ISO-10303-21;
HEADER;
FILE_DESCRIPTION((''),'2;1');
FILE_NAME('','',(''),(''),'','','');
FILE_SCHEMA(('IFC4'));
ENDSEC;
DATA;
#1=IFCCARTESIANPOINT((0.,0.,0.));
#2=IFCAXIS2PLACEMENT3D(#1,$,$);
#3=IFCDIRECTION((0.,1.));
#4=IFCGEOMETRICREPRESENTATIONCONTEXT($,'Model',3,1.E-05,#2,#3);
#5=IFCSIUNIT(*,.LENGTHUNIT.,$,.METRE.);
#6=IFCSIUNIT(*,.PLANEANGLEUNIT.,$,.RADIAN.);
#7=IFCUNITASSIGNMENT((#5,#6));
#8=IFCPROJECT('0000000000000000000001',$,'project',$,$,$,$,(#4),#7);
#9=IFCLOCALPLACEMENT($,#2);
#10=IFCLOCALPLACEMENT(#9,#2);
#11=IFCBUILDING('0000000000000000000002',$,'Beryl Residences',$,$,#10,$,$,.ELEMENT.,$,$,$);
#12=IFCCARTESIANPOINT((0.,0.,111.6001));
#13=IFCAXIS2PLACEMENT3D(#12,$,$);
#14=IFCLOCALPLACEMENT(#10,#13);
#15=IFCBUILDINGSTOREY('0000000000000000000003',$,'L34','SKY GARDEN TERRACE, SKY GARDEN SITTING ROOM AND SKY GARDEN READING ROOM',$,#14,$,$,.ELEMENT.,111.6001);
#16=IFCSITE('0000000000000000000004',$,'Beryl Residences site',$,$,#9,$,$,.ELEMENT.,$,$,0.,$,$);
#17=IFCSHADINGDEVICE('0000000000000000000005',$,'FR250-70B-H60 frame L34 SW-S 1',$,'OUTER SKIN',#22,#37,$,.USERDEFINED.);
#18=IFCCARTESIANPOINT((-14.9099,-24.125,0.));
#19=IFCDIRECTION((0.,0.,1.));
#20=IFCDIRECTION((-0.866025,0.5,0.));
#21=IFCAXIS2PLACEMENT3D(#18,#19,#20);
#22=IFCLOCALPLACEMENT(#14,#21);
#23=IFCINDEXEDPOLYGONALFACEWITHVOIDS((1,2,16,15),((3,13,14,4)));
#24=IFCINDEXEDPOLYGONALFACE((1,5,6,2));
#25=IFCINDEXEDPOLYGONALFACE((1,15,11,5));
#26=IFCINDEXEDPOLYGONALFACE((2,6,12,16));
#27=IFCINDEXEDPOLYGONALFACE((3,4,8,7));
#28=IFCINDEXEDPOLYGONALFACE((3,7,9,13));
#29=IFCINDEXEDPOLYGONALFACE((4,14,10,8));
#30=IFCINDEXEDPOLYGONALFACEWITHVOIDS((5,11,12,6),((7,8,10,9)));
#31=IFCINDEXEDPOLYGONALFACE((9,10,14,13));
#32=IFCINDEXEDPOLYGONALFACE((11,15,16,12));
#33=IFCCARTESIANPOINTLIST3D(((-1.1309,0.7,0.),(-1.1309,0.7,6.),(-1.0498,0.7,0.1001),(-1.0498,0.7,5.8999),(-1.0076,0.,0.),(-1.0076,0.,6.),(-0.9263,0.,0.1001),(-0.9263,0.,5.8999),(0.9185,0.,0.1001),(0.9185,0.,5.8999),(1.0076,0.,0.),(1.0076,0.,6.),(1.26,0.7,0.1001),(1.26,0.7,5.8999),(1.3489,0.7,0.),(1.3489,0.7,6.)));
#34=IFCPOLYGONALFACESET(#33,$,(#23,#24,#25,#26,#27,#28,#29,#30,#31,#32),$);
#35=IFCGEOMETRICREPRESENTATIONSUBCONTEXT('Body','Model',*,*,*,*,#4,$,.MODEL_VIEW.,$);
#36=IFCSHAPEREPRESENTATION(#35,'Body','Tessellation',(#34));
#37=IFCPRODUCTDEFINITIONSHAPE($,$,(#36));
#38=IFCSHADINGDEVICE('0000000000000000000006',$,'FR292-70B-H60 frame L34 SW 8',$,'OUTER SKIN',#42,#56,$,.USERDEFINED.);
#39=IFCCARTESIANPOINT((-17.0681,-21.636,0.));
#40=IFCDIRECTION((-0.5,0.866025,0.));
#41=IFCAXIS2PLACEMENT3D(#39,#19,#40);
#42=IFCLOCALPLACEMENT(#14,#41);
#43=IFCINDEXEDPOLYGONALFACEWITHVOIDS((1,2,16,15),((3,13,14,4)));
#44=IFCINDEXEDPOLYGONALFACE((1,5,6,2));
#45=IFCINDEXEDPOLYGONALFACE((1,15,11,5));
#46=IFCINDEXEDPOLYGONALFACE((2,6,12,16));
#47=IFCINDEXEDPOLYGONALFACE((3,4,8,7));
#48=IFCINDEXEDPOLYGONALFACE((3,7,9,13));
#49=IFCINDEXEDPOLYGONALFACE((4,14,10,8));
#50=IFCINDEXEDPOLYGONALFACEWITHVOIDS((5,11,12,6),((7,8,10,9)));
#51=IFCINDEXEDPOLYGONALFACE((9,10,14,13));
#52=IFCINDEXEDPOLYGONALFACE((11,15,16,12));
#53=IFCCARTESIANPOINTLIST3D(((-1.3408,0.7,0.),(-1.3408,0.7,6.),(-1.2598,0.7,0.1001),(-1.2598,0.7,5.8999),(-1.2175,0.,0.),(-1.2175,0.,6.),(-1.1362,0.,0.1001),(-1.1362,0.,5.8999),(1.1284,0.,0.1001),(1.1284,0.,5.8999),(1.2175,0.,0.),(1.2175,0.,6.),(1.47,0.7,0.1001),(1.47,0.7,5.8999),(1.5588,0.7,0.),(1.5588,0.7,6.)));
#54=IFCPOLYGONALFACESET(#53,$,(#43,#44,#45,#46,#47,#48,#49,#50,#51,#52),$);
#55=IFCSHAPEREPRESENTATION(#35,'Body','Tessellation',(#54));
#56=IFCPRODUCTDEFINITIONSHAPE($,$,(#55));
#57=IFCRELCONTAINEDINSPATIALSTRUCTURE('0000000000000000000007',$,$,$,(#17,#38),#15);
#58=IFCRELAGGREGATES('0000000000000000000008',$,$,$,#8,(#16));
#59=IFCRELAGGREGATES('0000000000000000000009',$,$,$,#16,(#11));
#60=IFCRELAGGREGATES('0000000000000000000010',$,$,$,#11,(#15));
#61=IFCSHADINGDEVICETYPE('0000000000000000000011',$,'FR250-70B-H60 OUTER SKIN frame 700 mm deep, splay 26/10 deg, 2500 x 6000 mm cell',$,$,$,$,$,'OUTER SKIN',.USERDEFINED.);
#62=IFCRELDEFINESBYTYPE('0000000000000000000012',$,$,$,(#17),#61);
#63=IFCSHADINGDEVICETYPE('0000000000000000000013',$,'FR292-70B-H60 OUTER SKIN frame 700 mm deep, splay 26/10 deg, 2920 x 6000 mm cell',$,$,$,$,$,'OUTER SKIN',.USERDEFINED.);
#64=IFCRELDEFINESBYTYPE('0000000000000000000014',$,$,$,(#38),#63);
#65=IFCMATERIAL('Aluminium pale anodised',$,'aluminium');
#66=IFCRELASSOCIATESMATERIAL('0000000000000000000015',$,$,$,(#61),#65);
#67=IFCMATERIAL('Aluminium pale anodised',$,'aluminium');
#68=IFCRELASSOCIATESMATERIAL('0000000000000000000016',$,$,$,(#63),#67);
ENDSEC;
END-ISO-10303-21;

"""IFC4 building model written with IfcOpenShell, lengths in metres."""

from ifc_helpers import new_model, entity, si_unit, direction, frame, origin, place, context, subcontext, project, spatial, source, transform, mapped, material, type_object, type_shapes, element, save


model = new_model("IFC4")

# Units and contexts
model_context = context("Model", 3, precision=1e-05, world=origin(), true_north=direction((0.0, 1.0)))
body_context = subcontext(model_context, "Body", "Model", "MODEL_VIEW")
ifc_project = project(units=[si_unit("LENGTHUNIT", "METRE"), si_unit("PLANEANGLEUNIT", "RADIAN")], contexts=[model_context])

# Site, building, storey
site_placement = place(None, origin())
site = spatial("IfcSite", under=ifc_project, at=site_placement, Name="Beryl Residences site", CompositionType="ELEMENT", RefElevation=0.0)
building_placement = place(site_placement, origin())
building = spatial("IfcBuilding", under=site, at=building_placement, Name="Beryl Residences", CompositionType="ELEMENT")
storey_placement = place(building_placement, frame((0.0, 0.0, 111.6001)))
storey = spatial("IfcBuildingStorey", under=building, at=storey_placement, Name="L34", Description="SKY GARDEN TERRACE, SKY GARDEN SITTING ROOM AND SKY GARDEN READING ROOM", CompositionType="ELEMENT", Elevation=111.6001)

# Shading devices
ifc_material_1 = material(Name="Aluminium pale anodised", Category="aluminium")
shading_device_type_1 = type_object("IfcShadingDeviceType", Name="FR250-70B-H60 OUTER SKIN frame 700 mm deep, splay 26/10 deg, 2500 x 6000 mm cell", ElementType="OUTER SKIN", PredefinedType="USERDEFINED", material=ifc_material_1)
cartesian_point_1 = entity("IfcCartesianPoint", [-1.0076, 0.0])
cartesian_point_2 = entity("IfcCartesianPoint", [-0.9185, 0.1001])
cartesian_point_3 = entity("IfcCartesianPoint", [-1.3489, 0.0])
cartesian_point_4 = entity("IfcCartesianPoint", [-1.26, 0.1001])
shared_shape_1 = source(origin(), body_context, "Body", "SweptSolid", [
    entity("IfcExtrudedAreaSolidTapered", entity("IfcArbitraryProfileDefWithVoids", "AREA", None, entity("IfcPolyline", [cartesian_point_1, entity("IfcCartesianPoint", [1.0076, 0.0]), entity("IfcCartesianPoint", [1.0076, 6.0]), entity("IfcCartesianPoint", [-1.0076, 6.0]), cartesian_point_1]), [entity("IfcPolyline", [cartesian_point_2, entity("IfcCartesianPoint", [0.9263, 0.1001]), entity("IfcCartesianPoint", [0.9263, 5.8999]), entity("IfcCartesianPoint", [-0.9185, 5.8999]), cartesian_point_2])]), entity("IfcAxis2Placement3D", entity("IfcCartesianPoint", [0.0, 0.0, 0.0]), entity("IfcDirection", [0.0, 1.0, 0.0]), entity("IfcDirection", [-1.0, 0.0, 0.0])), entity("IfcDirection", [0.0, 0.0, 1.0]), 0.7, entity("IfcArbitraryProfileDefWithVoids", "AREA", None, entity("IfcPolyline", [cartesian_point_3, entity("IfcCartesianPoint", [1.1309, 0.0]), entity("IfcCartesianPoint", [1.1309, 6.0]), entity("IfcCartesianPoint", [-1.3489, 6.0]), cartesian_point_3]), [entity("IfcPolyline", [cartesian_point_4, entity("IfcCartesianPoint", [1.0498, 0.1001]), entity("IfcCartesianPoint", [1.0498, 5.8999]), entity("IfcCartesianPoint", [-1.26, 5.8999]), cartesian_point_4])])),
])
type_shapes(shading_device_type_1, [shared_shape_1])
shading_device_1_placement = place(storey_placement, frame((-14.9099, -24.125, 0.0), z_axis=(0.0, 0.0, 1.0), x_axis=(-0.866025, 0.5, 0.0)))
element("IfcShadingDevice", 1, at=shading_device_1_placement, inside=storey, type_object=shading_device_type_1, Name="FR250-70B-H60 frame L34 SW-S 1", ObjectType="OUTER SKIN", PredefinedType="USERDEFINED", context=body_context, shape_type="MappedRepresentation", body=[
    mapped(shared_shape_1, transform((0.0, 0.0, 0.0))),
])
ifc_material_2 = material(Name="Aluminium pale anodised", Category="aluminium")
shading_device_type_2 = type_object("IfcShadingDeviceType", Name="FR292-70B-H60 OUTER SKIN frame 700 mm deep, splay 26/10 deg, 2920 x 6000 mm cell", ElementType="OUTER SKIN", PredefinedType="USERDEFINED", material=ifc_material_2)
cartesian_point_5 = entity("IfcCartesianPoint", [-1.2175, 0.0])
cartesian_point_6 = entity("IfcCartesianPoint", [-1.1284, 0.1001])
cartesian_point_7 = entity("IfcCartesianPoint", [-1.5588, 0.0])
cartesian_point_8 = entity("IfcCartesianPoint", [-1.47, 0.1001])
shared_shape_2 = source(origin(), body_context, "Body", "SweptSolid", [
    entity("IfcExtrudedAreaSolidTapered", entity("IfcArbitraryProfileDefWithVoids", "AREA", None, entity("IfcPolyline", [cartesian_point_5, entity("IfcCartesianPoint", [1.2175, 0.0]), entity("IfcCartesianPoint", [1.2175, 6.0]), entity("IfcCartesianPoint", [-1.2175, 6.0]), cartesian_point_5]), [entity("IfcPolyline", [cartesian_point_6, entity("IfcCartesianPoint", [1.1362, 0.1001]), entity("IfcCartesianPoint", [1.1362, 5.8999]), entity("IfcCartesianPoint", [-1.1284, 5.8999]), cartesian_point_6])]), entity("IfcAxis2Placement3D", entity("IfcCartesianPoint", [0.0, 0.0, 0.0]), entity("IfcDirection", [0.0, 1.0, 0.0]), entity("IfcDirection", [-1.0, 0.0, 0.0])), entity("IfcDirection", [0.0, 0.0, 1.0]), 0.7, entity("IfcArbitraryProfileDefWithVoids", "AREA", None, entity("IfcPolyline", [cartesian_point_7, entity("IfcCartesianPoint", [1.3408, 0.0]), entity("IfcCartesianPoint", [1.3408, 6.0]), entity("IfcCartesianPoint", [-1.5588, 6.0]), cartesian_point_7]), [entity("IfcPolyline", [cartesian_point_8, entity("IfcCartesianPoint", [1.2598, 0.1001]), entity("IfcCartesianPoint", [1.2598, 5.8999]), entity("IfcCartesianPoint", [-1.47, 5.8999]), cartesian_point_8])])),
])
type_shapes(shading_device_type_2, [shared_shape_2])
shading_device_2_placement = place(storey_placement, frame((-17.0681, -21.636, 0.0), z_axis=(0.0, 0.0, 1.0), x_axis=(-0.5, 0.866025, 0.0)))
element("IfcShadingDevice", 2, at=shading_device_2_placement, inside=storey, type_object=shading_device_type_2, Name="FR292-70B-H60 frame L34 SW 8", ObjectType="OUTER SKIN", PredefinedType="USERDEFINED", context=body_context, shape_type="MappedRepresentation", body=[
    mapped(shared_shape_2, transform((0.0, 0.0, 0.0))),
])

save(model, "model.ifc")
